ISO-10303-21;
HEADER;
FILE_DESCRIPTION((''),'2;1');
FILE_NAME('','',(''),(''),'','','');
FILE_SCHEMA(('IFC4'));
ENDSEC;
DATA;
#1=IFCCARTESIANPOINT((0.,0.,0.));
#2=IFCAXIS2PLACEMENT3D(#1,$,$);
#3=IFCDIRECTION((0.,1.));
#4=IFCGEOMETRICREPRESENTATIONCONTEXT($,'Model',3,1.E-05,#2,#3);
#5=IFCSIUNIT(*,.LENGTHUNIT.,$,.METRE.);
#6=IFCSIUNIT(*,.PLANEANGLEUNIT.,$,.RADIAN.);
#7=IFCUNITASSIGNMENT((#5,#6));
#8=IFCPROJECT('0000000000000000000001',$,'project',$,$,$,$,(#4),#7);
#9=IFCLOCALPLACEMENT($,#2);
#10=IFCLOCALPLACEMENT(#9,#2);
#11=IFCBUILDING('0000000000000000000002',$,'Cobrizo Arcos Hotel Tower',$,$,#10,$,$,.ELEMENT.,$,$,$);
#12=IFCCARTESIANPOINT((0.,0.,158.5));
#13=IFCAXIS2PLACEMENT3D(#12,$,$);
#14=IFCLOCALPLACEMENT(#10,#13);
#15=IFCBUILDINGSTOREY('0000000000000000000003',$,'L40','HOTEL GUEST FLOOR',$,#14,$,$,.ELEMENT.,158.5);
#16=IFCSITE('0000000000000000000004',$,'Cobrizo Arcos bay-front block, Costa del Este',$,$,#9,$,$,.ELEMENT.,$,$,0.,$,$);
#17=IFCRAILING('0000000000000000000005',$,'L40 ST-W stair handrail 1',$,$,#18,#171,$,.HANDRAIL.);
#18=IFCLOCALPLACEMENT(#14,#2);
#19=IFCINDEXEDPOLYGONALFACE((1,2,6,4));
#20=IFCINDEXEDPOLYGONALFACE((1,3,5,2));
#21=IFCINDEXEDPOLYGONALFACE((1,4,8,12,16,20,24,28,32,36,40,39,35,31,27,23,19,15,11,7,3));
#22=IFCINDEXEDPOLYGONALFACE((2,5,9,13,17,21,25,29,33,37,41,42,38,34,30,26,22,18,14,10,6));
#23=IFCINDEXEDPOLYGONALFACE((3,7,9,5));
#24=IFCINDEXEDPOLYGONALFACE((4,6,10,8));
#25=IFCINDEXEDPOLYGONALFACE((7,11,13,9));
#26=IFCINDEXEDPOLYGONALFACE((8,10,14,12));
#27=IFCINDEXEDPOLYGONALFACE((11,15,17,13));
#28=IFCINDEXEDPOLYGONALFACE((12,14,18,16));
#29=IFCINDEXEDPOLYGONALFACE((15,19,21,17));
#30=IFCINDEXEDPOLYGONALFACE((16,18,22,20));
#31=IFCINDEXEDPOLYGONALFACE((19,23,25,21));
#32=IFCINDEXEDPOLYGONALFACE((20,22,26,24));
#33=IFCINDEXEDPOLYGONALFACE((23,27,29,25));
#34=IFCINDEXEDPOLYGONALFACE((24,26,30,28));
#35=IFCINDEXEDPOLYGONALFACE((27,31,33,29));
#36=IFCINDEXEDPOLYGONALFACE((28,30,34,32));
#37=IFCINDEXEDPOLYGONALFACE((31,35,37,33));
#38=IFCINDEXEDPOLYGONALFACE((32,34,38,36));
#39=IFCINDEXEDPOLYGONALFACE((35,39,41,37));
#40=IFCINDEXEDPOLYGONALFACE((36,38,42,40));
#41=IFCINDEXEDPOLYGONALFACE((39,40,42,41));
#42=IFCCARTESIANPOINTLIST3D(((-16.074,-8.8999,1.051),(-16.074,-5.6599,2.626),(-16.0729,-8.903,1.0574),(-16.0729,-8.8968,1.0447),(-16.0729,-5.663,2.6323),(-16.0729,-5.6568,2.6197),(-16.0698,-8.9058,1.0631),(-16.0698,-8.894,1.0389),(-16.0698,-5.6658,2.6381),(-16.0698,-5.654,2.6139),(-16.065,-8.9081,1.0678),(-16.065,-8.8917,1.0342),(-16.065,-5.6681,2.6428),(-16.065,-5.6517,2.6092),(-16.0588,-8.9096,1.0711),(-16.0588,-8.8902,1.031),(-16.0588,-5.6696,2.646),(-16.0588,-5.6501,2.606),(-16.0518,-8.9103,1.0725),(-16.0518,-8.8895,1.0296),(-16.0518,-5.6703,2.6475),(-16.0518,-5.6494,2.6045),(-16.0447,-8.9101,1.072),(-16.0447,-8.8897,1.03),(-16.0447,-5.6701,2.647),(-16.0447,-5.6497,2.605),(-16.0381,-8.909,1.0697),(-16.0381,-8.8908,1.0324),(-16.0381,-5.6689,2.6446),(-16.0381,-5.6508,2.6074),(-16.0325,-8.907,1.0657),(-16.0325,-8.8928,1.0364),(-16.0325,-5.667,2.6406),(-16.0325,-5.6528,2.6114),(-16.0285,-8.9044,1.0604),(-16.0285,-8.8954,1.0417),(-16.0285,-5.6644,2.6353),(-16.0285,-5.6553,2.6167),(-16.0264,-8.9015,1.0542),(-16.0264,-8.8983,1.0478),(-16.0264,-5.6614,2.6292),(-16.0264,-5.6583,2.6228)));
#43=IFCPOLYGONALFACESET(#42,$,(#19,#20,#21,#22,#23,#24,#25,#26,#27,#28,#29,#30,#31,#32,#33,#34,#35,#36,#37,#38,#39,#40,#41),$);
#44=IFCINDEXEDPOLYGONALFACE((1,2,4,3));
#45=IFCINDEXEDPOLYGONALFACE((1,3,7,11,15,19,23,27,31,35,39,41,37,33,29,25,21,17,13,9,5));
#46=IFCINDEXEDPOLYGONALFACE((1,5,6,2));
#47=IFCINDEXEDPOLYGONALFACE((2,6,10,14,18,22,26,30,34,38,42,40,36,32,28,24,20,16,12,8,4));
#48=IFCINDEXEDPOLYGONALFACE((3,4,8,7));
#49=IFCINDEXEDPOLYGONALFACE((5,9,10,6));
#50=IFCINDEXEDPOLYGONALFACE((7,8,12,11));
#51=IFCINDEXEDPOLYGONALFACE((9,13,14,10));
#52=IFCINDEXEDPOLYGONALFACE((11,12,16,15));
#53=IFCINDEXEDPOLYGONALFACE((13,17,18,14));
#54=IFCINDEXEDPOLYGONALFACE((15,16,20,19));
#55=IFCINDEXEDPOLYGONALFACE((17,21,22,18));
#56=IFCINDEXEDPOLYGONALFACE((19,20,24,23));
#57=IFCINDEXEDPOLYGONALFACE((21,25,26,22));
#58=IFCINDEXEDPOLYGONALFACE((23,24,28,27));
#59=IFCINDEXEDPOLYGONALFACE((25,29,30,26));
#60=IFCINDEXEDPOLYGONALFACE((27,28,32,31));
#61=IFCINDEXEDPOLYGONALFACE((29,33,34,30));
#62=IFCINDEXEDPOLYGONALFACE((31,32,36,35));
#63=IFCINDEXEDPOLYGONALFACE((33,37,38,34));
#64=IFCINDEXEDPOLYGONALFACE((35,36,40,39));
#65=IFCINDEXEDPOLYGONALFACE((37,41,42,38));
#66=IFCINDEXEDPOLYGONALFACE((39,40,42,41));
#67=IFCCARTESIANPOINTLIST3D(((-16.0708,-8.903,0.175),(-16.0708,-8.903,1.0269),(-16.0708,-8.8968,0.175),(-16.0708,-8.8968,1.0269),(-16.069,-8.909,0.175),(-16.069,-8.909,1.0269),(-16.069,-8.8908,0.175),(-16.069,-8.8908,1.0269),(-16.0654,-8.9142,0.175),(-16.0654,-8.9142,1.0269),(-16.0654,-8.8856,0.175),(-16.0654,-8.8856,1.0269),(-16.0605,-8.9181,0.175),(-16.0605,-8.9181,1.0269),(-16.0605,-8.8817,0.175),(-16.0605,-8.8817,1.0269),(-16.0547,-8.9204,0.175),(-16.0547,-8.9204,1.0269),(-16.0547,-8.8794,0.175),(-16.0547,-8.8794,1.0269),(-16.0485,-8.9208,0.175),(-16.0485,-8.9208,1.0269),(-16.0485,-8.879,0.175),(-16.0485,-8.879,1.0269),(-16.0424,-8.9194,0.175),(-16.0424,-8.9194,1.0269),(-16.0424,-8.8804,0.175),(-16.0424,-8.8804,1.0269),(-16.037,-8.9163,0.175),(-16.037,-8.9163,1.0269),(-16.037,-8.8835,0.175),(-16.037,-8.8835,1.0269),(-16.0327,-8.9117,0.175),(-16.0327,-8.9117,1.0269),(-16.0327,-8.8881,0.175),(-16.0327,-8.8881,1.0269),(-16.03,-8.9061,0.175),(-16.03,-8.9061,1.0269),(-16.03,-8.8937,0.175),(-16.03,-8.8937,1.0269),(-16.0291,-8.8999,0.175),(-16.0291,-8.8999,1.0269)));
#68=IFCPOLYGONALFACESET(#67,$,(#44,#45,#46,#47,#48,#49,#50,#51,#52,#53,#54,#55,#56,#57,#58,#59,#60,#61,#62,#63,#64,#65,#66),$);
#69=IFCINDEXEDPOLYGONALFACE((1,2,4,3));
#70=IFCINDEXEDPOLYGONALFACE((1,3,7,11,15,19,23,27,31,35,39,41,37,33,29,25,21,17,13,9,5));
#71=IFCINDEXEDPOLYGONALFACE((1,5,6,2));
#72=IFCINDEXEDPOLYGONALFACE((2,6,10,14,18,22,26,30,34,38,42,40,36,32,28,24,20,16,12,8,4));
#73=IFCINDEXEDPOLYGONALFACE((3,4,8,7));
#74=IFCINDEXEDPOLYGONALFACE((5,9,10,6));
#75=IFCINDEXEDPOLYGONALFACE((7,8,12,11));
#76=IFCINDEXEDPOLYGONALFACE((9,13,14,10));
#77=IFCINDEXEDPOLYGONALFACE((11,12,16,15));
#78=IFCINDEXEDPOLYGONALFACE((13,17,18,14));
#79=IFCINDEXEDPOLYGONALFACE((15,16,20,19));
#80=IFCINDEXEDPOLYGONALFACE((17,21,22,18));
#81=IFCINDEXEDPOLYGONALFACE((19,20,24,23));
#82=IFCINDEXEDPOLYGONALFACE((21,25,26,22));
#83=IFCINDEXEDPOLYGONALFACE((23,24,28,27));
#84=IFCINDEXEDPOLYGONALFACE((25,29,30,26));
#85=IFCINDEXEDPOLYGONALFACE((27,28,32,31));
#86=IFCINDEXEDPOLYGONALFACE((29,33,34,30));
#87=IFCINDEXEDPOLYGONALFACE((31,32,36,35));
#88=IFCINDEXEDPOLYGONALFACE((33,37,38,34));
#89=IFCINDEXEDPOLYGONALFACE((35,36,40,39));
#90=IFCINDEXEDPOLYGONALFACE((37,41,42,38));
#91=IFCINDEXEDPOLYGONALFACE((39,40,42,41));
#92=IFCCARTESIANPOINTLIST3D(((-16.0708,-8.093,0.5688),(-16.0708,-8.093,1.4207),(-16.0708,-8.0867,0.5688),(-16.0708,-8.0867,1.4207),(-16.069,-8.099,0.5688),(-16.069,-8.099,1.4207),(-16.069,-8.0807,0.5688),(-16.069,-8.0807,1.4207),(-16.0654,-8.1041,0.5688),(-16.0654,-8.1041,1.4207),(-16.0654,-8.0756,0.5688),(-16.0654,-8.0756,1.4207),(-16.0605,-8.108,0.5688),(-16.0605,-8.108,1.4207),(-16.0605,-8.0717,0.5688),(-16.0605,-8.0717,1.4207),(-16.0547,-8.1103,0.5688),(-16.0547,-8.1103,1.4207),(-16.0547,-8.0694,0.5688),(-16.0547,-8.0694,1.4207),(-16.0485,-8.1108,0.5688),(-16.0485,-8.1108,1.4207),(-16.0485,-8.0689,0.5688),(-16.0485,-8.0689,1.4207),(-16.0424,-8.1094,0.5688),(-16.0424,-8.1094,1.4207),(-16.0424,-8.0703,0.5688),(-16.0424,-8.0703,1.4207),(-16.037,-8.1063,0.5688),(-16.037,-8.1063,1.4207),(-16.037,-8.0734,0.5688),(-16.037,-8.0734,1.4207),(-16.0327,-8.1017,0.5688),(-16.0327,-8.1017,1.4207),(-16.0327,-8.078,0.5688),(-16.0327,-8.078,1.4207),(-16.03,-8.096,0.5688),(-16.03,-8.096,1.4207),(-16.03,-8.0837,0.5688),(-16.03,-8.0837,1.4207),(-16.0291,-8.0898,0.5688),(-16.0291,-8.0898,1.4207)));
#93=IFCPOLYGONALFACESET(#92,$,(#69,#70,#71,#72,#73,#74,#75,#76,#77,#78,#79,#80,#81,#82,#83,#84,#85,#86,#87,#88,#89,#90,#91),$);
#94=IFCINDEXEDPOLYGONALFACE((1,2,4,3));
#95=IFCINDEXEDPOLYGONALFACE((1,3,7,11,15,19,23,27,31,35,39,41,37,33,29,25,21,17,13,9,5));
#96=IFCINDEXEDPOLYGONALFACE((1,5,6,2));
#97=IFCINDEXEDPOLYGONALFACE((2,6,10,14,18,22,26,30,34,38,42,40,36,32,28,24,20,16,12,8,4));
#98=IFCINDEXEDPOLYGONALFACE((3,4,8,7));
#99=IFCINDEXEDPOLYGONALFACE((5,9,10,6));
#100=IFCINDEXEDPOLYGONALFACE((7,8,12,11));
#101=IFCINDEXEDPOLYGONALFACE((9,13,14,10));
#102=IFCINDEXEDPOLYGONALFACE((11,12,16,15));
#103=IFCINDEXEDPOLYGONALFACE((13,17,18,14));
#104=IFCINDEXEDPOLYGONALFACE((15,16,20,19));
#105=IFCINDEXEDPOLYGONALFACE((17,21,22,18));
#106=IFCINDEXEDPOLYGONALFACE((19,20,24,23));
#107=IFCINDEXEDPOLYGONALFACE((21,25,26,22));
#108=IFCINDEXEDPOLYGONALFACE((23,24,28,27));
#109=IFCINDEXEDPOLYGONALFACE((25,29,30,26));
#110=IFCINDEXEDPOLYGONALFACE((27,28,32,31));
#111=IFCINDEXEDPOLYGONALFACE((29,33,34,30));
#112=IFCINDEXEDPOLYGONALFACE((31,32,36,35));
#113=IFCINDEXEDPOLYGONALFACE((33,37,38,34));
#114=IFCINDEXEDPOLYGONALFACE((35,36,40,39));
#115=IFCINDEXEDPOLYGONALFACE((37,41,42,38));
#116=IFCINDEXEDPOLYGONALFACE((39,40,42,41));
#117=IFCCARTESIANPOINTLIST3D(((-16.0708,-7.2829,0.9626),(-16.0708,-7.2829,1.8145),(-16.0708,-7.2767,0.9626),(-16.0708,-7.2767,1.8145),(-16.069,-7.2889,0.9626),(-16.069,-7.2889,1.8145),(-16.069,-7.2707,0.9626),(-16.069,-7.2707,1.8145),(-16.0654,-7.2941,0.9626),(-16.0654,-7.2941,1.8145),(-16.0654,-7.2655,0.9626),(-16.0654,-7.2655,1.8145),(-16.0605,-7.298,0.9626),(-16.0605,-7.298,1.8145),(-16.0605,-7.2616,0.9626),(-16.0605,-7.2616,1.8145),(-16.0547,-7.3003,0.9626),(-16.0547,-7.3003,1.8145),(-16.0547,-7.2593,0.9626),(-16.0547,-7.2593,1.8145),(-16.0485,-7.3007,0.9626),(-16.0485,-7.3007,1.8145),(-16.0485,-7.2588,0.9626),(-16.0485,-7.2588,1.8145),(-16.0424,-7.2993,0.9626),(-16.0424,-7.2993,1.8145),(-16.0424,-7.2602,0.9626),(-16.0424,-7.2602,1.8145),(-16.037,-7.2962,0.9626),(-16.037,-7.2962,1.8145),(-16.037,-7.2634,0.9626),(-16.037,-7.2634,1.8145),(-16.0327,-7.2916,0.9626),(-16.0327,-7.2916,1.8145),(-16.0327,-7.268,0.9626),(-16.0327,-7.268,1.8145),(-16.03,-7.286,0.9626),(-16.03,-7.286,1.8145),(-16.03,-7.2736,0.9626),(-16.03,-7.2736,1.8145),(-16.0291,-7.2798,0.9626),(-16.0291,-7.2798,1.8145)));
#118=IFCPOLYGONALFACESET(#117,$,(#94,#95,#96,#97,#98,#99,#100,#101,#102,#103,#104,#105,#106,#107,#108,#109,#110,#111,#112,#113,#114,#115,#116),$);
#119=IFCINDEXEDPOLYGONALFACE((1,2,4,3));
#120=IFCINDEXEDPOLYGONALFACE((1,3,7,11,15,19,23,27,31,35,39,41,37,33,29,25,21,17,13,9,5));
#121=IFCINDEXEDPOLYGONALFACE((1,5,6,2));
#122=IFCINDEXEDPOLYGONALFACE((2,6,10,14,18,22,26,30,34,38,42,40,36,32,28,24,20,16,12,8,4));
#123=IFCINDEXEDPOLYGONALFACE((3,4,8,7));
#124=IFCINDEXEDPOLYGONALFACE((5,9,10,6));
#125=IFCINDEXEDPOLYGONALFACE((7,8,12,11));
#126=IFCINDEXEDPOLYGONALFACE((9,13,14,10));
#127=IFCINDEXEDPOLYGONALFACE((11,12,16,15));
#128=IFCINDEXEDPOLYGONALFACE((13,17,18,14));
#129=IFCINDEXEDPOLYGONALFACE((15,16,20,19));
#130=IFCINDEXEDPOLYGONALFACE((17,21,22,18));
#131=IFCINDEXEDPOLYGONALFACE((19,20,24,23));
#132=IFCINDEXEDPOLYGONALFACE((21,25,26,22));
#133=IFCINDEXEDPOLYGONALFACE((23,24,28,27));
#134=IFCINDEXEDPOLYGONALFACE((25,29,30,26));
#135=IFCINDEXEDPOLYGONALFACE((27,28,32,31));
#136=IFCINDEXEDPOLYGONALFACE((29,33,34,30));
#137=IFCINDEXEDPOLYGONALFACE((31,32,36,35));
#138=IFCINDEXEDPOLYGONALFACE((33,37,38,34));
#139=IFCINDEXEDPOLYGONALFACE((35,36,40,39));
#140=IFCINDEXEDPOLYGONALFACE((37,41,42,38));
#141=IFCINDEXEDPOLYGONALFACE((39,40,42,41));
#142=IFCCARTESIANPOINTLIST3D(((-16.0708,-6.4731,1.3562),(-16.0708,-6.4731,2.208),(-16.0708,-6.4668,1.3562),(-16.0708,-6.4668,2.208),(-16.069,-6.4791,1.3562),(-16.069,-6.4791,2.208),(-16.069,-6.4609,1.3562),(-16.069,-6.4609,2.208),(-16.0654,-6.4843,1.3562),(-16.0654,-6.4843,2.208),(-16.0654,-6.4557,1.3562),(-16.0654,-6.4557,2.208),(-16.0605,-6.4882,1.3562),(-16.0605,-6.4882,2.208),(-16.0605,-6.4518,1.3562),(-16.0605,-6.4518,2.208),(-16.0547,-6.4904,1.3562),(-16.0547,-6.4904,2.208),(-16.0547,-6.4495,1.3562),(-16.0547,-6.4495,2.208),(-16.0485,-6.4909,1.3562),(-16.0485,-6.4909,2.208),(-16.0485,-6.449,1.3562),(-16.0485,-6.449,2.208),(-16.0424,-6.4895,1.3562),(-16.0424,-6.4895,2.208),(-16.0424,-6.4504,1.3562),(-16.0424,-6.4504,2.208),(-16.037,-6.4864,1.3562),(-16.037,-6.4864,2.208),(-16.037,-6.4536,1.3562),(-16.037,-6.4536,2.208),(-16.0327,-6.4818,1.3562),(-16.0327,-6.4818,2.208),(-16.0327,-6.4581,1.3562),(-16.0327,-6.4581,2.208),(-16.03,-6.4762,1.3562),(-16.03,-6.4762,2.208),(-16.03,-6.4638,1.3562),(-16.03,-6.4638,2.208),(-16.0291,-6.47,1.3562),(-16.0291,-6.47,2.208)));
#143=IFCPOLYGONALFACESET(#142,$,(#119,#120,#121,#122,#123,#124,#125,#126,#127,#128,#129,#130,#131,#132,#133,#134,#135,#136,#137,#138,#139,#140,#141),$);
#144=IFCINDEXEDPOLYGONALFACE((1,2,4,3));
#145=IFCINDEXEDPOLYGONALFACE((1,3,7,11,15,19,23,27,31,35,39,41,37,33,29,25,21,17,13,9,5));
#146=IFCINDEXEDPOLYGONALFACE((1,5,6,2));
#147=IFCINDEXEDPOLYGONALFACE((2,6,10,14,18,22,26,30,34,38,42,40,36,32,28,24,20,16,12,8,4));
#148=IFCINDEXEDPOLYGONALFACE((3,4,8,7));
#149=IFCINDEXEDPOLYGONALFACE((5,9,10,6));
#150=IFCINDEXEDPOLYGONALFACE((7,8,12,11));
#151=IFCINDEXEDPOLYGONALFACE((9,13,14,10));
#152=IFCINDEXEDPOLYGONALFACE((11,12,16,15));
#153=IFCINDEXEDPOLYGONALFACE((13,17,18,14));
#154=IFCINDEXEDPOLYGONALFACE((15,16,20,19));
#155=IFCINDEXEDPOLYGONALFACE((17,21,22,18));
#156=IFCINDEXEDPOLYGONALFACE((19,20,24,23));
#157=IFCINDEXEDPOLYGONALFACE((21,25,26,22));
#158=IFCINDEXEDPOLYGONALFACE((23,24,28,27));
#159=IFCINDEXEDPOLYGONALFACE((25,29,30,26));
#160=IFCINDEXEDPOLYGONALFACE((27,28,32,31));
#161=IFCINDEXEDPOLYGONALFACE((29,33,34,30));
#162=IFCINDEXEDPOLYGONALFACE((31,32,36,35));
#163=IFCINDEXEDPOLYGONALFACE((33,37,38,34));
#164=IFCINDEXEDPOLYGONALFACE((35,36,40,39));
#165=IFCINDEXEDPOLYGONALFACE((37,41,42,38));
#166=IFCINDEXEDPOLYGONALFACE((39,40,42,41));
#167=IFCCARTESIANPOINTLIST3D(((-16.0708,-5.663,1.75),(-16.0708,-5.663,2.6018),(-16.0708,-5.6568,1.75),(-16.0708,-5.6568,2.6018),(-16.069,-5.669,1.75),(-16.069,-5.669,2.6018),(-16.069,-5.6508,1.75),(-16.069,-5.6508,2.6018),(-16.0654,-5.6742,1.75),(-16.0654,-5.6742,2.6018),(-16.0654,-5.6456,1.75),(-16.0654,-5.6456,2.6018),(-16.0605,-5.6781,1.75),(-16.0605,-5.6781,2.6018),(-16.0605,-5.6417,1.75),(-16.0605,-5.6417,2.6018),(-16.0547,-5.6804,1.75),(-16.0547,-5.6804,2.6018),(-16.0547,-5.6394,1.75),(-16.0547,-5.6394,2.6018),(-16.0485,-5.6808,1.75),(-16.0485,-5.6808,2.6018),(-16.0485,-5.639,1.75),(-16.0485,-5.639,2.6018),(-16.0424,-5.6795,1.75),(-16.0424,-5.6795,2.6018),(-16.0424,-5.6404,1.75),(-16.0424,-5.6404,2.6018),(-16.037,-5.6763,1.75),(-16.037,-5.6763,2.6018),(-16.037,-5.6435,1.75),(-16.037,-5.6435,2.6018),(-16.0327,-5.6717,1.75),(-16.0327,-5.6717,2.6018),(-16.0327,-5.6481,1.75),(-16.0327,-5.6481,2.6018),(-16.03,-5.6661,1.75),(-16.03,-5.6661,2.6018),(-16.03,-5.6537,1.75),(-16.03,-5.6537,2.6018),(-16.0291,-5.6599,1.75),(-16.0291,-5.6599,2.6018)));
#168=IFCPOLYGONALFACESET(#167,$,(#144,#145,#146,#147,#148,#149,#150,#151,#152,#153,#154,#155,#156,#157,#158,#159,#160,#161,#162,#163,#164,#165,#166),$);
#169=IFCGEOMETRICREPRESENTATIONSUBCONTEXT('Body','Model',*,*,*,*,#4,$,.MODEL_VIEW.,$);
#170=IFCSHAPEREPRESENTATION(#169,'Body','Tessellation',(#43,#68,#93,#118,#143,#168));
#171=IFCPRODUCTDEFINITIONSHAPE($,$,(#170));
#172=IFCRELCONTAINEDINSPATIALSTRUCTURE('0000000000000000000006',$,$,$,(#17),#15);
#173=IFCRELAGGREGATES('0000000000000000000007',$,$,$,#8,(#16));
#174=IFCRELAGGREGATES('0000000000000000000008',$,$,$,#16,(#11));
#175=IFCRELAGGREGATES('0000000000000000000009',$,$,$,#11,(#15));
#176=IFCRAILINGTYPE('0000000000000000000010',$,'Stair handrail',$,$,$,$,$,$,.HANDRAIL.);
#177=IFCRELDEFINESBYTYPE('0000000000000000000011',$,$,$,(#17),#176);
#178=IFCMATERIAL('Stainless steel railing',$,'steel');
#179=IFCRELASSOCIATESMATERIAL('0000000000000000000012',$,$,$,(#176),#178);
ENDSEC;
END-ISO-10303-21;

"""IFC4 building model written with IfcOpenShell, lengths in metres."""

from ifc_helpers import new_model, si_unit, direction, frame, origin, origin_2d, place, context, subcontext, project, spatial, circle, extrude, material, type_object, element, save


model = new_model("IFC4")

# Units and contexts
model_context = context("Model", 3, precision=1e-05, world=origin(), true_north=direction((0.0, 1.0)))
body_context = subcontext(model_context, "Body", "Model", "MODEL_VIEW")
ifc_project = project(units=[si_unit("LENGTHUNIT", "METRE"), si_unit("PLANEANGLEUNIT", "RADIAN")], contexts=[model_context])

# Site, building, storey
site_placement = place(None, origin())
site = spatial("IfcSite", under=ifc_project, at=site_placement, Name="Cobrizo Arcos bay-front block, Costa del Este", CompositionType="ELEMENT", RefElevation=0.0)
building_placement = place(site_placement, origin())
building = spatial("IfcBuilding", under=site, at=building_placement, Name="Cobrizo Arcos Hotel Tower", CompositionType="ELEMENT")
storey_placement = place(building_placement, frame((0.0, 0.0, 158.5)))
storey = spatial("IfcBuildingStorey", under=building, at=storey_placement, Name="L40", Description="HOTEL GUEST FLOOR", CompositionType="ELEMENT", Elevation=158.5)

# Railing
ifc_material_1 = material(Name="Stainless steel railing", Category="steel")
railing_type_1 = type_object("IfcRailingType", Name="Stair handrail", PredefinedType="HANDRAIL", material=ifc_material_1)
railing_1_placement = place(storey_placement, frame((-16.05, -8.8999, 0.175)))
element("IfcRailing", 1, at=railing_1_placement, inside=storey, type_object=railing_type_1, Name="L40 ST-W stair handrail 1", PredefinedType="HANDRAIL", context=body_context, shape_type="SweptSolid", body=[
    extrude(circle(Radius=0.0239, at=origin_2d()), frame((0.0, 0.0, 0.876), z_axis=(0.0, 0.899373, 0.437183), x_axis=(-1.0, 0.0, 0.0)), (0.0, 0.0, 1.0), 3.6025),
    extrude(circle(Radius=0.021, at=origin_2d()), origin(), (0.0, 0.0, 1.0), 0.8518),
    extrude(circle(Radius=0.021, at=origin_2d()), frame((0.0, 0.8101, 0.3938)), (0.0, 0.0, 1.0), 0.8518),
    extrude(circle(Radius=0.021, at=origin_2d()), frame((0.0, 1.6201, 0.7876)), (0.0, 0.0, 1.0), 0.8518),
    extrude(circle(Radius=0.021, at=origin_2d()), frame((0.0, 2.4299, 1.1812)), (0.0, 0.0, 1.0), 0.8518),
    extrude(circle(Radius=0.021, at=origin_2d()), frame((0.0, 3.24, 1.575)), (0.0, 0.0, 1.0), 0.8518),
])

save(model, "model.ifc")
